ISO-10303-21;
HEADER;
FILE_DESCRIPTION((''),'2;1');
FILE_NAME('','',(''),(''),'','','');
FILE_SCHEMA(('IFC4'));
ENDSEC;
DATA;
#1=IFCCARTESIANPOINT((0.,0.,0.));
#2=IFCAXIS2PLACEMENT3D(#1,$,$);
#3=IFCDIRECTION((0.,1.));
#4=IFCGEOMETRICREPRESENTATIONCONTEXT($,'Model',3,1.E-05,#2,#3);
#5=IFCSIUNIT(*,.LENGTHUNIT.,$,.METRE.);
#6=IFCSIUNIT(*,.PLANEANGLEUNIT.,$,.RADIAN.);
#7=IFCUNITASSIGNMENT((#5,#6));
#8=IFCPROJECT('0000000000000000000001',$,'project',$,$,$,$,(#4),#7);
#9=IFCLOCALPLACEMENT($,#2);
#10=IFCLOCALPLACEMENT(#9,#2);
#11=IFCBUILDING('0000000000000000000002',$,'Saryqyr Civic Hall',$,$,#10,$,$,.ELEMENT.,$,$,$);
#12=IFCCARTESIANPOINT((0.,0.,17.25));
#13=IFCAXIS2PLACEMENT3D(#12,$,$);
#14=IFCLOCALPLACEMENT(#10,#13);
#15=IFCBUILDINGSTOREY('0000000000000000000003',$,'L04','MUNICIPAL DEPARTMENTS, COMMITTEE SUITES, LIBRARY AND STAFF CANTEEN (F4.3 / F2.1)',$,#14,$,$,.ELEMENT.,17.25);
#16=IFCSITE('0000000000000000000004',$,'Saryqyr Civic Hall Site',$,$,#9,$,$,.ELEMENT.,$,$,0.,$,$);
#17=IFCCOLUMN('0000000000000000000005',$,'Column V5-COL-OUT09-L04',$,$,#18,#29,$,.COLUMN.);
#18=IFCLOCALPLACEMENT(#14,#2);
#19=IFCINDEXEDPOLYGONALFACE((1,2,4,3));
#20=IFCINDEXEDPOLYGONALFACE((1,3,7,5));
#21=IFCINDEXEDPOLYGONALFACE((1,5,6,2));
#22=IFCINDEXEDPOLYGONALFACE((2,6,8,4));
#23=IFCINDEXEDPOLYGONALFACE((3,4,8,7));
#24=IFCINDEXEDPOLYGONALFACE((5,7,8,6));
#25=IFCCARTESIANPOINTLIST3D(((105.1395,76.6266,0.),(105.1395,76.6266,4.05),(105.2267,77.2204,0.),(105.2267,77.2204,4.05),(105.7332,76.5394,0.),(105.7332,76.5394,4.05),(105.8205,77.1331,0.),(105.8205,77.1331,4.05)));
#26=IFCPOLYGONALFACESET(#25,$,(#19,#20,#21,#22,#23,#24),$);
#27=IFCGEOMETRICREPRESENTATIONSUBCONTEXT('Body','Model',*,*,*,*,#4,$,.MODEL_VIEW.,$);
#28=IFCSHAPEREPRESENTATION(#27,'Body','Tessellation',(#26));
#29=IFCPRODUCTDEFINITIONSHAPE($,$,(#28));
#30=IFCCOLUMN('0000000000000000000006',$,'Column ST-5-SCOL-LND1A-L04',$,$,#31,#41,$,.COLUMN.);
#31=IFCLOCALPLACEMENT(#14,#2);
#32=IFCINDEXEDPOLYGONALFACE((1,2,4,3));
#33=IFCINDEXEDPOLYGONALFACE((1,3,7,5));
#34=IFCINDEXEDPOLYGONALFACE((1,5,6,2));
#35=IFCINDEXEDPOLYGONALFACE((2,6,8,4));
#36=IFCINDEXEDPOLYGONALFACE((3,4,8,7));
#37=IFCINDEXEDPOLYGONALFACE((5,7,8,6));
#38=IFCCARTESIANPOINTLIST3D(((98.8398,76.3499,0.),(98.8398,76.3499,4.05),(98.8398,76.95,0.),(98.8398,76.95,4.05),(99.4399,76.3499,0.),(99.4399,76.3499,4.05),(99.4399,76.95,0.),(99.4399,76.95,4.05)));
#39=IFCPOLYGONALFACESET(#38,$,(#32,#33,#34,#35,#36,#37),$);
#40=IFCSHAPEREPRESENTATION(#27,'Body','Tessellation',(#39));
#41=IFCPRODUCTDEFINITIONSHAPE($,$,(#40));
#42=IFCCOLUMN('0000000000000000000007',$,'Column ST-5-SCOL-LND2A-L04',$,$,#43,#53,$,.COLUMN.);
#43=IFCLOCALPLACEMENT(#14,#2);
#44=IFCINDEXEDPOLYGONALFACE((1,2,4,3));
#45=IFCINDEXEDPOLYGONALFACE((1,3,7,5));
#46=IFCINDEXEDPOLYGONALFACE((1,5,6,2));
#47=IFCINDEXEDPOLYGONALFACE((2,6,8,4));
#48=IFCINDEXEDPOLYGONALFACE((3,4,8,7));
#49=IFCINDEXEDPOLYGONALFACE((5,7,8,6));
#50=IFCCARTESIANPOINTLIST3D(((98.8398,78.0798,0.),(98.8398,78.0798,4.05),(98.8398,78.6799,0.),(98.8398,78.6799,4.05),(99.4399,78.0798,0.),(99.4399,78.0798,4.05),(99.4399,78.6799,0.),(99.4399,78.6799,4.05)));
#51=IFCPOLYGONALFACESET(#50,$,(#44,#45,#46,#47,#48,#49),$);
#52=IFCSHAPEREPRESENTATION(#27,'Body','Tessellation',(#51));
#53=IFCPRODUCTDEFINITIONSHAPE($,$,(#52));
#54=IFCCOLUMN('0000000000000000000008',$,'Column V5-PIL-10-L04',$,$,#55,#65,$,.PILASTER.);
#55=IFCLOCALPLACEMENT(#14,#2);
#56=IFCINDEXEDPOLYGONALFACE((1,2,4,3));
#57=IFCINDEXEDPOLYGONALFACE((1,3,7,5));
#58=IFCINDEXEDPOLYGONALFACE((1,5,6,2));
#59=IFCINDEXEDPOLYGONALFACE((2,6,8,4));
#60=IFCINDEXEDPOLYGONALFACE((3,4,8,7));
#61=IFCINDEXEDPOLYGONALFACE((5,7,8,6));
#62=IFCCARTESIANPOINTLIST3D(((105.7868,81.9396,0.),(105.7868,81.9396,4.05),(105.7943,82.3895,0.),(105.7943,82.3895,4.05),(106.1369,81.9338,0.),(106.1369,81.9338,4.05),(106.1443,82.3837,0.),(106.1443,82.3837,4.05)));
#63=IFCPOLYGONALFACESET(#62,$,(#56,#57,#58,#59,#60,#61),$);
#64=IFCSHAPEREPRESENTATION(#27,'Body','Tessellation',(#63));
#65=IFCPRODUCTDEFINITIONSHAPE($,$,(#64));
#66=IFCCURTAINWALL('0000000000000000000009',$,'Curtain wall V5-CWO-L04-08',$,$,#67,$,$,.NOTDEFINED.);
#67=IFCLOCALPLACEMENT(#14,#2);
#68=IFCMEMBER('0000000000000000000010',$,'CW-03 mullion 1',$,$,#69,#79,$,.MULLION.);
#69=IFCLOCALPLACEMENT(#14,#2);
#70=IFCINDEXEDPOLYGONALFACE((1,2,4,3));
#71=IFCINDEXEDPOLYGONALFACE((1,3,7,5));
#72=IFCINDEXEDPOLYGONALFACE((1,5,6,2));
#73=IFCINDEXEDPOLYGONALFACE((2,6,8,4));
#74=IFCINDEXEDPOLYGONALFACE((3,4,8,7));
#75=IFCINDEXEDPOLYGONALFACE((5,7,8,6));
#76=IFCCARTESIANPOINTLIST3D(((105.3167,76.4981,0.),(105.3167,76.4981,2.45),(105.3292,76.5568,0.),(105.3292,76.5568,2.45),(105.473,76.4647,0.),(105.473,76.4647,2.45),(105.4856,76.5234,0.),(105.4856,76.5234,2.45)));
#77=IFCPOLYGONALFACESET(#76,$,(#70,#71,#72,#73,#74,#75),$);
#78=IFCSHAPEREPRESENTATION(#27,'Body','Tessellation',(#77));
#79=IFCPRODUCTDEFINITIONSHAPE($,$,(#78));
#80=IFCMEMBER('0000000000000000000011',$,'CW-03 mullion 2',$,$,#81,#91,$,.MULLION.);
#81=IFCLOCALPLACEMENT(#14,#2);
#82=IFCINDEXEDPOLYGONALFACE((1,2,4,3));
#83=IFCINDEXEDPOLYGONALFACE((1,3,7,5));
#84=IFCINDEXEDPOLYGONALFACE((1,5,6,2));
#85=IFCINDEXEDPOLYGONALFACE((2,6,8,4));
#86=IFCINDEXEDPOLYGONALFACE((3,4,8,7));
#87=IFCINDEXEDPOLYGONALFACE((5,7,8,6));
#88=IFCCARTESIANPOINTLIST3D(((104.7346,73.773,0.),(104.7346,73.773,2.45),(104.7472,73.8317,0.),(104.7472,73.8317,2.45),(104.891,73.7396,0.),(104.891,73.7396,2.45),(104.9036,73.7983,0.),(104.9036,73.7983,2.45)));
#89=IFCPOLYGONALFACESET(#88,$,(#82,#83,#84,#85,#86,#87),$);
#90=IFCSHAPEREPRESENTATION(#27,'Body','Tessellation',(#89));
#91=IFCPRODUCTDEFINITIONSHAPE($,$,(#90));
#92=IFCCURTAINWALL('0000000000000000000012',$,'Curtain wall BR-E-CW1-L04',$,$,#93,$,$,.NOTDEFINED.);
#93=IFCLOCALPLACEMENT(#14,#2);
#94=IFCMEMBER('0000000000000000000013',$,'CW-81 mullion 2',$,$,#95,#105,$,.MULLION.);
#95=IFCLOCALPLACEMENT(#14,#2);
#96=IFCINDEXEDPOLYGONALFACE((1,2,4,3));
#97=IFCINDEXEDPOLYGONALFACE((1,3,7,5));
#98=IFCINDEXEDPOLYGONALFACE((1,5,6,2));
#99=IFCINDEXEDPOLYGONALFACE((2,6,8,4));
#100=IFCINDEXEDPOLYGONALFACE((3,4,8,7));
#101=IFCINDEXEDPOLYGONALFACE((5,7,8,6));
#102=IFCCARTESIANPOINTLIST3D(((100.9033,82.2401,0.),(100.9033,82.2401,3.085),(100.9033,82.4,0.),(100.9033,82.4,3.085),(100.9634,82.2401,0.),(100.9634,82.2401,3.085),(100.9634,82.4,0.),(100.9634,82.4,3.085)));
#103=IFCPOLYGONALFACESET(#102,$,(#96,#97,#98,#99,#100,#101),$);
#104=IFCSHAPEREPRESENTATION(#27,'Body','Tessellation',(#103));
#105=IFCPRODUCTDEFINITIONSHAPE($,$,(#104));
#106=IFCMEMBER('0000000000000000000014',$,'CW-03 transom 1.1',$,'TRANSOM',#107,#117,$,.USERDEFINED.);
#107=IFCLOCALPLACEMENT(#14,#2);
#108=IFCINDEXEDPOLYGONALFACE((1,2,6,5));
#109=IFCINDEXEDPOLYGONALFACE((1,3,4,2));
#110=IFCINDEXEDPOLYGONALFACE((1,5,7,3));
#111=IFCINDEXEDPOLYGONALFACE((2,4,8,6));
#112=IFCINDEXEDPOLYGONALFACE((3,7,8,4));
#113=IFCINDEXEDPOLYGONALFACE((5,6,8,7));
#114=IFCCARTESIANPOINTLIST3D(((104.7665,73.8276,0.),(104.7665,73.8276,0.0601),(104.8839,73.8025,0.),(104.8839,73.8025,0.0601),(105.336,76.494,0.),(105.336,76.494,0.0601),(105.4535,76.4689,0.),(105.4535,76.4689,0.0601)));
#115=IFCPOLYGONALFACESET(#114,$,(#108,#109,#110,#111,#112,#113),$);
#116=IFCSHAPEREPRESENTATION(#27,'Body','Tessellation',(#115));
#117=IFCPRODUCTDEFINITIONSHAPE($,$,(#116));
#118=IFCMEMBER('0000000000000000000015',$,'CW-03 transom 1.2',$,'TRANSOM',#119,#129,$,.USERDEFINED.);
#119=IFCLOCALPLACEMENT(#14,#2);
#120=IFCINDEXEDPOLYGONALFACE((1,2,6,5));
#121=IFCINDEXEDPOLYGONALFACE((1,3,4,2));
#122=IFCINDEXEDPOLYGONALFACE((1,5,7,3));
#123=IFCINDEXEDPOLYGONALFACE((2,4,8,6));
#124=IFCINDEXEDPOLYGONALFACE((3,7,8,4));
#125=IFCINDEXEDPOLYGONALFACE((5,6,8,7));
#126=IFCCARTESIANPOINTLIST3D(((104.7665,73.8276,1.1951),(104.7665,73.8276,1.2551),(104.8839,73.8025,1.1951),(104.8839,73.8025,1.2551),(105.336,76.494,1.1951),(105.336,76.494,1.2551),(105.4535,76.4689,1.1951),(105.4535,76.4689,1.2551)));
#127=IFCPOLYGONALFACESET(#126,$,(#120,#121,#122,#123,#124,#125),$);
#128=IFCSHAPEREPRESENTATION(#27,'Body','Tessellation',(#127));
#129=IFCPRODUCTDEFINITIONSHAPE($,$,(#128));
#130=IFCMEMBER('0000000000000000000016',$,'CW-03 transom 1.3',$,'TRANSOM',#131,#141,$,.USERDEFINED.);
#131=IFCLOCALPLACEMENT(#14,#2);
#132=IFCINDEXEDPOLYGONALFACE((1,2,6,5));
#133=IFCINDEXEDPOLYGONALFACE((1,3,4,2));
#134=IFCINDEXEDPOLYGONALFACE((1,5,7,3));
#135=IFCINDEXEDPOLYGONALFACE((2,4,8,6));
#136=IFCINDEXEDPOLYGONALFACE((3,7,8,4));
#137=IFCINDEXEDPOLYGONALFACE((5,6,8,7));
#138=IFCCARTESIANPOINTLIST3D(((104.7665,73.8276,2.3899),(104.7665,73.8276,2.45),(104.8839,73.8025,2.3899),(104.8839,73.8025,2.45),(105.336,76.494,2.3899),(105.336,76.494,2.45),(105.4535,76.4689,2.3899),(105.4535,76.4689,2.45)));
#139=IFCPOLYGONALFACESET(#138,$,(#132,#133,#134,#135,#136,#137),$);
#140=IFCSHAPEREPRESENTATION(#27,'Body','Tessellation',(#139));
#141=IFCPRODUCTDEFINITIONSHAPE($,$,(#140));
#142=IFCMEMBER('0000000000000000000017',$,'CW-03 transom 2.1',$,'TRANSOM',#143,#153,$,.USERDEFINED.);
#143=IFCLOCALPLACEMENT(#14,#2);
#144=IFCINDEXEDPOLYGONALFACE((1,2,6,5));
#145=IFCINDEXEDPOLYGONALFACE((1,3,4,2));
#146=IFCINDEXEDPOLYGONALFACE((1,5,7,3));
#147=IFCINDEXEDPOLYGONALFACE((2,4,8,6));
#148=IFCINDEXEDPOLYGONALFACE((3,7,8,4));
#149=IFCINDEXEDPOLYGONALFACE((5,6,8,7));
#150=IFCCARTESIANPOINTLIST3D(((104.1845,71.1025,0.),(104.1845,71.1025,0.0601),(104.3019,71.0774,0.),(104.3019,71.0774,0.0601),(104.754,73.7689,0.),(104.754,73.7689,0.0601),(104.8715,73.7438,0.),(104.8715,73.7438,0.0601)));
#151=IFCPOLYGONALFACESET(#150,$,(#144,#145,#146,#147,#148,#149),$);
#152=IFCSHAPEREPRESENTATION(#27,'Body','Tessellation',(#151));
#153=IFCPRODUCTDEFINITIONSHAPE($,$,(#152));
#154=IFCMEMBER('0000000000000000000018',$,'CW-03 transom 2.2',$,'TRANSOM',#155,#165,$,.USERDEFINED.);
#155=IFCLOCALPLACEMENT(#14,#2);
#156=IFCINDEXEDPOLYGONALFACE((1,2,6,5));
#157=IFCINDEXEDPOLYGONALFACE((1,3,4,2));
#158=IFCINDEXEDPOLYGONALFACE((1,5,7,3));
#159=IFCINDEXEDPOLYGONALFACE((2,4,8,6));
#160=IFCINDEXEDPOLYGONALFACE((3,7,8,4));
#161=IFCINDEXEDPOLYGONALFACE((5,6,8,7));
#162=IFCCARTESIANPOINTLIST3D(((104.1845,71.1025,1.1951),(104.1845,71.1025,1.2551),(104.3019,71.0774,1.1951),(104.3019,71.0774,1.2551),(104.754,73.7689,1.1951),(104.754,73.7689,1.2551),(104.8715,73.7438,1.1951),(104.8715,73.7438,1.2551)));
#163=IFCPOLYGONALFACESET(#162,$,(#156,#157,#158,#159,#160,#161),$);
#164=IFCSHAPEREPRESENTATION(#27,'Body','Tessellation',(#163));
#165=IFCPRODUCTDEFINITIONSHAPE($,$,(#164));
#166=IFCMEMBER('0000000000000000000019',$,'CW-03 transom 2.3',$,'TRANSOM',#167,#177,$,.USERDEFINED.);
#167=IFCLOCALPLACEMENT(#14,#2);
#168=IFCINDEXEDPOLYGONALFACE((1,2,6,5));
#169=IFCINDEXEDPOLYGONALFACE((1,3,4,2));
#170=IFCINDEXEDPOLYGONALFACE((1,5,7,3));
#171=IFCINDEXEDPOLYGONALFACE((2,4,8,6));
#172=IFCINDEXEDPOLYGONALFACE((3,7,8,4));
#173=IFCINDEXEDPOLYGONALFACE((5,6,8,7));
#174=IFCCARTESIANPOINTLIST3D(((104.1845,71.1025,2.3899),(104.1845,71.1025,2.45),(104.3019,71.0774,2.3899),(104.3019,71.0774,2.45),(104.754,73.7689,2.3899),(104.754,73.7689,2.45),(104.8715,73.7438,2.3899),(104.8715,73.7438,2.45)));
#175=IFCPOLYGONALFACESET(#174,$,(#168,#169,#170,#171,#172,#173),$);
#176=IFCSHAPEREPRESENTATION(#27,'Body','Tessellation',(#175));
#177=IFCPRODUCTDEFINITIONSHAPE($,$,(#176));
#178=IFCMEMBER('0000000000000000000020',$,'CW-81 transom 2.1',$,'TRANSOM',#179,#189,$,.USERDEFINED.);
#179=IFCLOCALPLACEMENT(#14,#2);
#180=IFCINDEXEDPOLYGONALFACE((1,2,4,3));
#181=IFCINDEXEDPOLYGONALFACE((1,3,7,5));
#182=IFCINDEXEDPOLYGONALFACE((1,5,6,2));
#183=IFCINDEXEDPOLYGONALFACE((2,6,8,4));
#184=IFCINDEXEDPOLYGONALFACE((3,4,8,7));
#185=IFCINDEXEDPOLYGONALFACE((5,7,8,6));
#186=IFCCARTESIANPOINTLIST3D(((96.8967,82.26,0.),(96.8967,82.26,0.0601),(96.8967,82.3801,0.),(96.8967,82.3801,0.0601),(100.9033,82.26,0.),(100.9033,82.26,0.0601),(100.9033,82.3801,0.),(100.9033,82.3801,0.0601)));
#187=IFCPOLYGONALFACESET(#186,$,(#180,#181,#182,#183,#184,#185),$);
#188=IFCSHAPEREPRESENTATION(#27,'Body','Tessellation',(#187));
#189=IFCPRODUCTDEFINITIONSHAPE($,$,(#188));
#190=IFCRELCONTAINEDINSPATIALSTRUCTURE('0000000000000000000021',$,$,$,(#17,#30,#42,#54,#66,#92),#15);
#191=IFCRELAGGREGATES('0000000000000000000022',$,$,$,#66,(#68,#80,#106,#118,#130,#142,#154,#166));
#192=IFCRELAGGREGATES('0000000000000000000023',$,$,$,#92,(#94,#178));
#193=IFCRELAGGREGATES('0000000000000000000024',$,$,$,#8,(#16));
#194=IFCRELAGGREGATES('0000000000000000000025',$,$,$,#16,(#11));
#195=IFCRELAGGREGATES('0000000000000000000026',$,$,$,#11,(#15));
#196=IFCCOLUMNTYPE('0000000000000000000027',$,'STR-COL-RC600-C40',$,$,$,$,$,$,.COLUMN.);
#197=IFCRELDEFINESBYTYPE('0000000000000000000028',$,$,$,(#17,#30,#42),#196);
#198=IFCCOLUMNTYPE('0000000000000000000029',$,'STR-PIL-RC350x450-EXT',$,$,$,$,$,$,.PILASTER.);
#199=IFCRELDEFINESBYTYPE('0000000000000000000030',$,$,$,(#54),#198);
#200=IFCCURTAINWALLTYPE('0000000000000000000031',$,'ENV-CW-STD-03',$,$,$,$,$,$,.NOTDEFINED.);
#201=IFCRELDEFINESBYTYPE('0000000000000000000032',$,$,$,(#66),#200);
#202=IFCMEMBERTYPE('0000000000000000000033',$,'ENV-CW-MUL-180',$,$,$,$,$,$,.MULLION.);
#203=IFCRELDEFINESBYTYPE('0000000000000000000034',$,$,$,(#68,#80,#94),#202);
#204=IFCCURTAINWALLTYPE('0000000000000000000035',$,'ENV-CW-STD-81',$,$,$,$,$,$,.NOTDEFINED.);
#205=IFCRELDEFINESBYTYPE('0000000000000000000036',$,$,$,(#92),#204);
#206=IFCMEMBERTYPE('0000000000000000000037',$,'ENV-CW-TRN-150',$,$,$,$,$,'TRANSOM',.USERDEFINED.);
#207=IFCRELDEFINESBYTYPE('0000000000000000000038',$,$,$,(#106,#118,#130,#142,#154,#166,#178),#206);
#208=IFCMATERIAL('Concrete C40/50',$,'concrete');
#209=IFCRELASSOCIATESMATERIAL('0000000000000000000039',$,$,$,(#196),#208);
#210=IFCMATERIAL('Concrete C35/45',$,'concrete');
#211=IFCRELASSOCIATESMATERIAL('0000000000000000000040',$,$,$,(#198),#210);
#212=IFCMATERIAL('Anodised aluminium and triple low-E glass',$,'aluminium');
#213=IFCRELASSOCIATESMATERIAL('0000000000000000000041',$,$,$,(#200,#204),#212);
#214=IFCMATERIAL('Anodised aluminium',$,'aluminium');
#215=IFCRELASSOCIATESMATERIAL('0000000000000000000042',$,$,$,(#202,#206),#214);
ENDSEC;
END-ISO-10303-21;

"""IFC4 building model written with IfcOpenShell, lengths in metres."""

from ifc_helpers import new_model, si_unit, direction, frame, origin, origin_2d, place, context, subcontext, project, spatial, rectangle, extrude, material, material_profile, profile_set, type_object, element, aggregate, save


model = new_model("IFC4")

# Units and contexts
model_context = context("Model", 3, precision=1e-05, world=origin(), true_north=direction((0.0, 1.0)))
body_context = subcontext(model_context, "Body", "Model", "MODEL_VIEW")
ifc_project = project(units=[si_unit("LENGTHUNIT", "METRE"), si_unit("PLANEANGLEUNIT", "RADIAN")], contexts=[model_context])

# Site, building, storey
site_placement = place(None, origin())
site = spatial("IfcSite", under=ifc_project, at=site_placement, Name="Saryqyr Civic Hall Site", CompositionType="ELEMENT", RefElevation=0.0)
building_placement = place(site_placement, origin())
building = spatial("IfcBuilding", under=site, at=building_placement, Name="Saryqyr Civic Hall", CompositionType="ELEMENT")
storey_placement = place(building_placement, frame((0.0, 0.0, 17.25)))
storey = spatial("IfcBuildingStorey", under=building, at=storey_placement, Name="L04", Description="MUNICIPAL DEPARTMENTS, COMMITTEE SUITES, LIBRARY AND STAFF CANTEEN (F4.3 / F2.1)", CompositionType="ELEMENT", Elevation=17.25)

# Columns
ifc_material_1 = material(Name="Concrete C40/50", Category="concrete")
ifc_material_profile_1 = material_profile(ifc_material_1, rectangle(XDim=0.6001, YDim=0.6001, at=origin_2d()), Name="RC 600x600")
ifc_profile_set_1 = profile_set([ifc_material_profile_1], Name="Concrete C40/50")
column_type_1 = type_object("IfcColumnType", Name="STR-COL-RC600-C40", PredefinedType="COLUMN", material=ifc_profile_set_1)
for number, where, z_axis, x_axis, name in (
    (1, (105.48, 76.8799, 0.0), (0.0, 0.0, 1.0), (0.989374, -0.145392, 0.0), "Column V5-COL-OUT09-L04"),
    (2, (99.1399, 76.6499, 0.0), (0.0, 0.0, 1.0), (1.0, 0.0, 0.0), "Column ST-5-SCOL-LND1A-L04"),
    (3, (99.1399, 78.3799, 0.0), (0.0, 0.0, 1.0), (1.0, 0.0, 0.0), "Column ST-5-SCOL-LND2A-L04"),
):
    element("IfcColumn", number, at=place(storey_placement, frame(where, z_axis=z_axis, x_axis=x_axis)), inside=storey, type_object=column_type_1, Name=name, PredefinedType="COLUMN", context=body_context, shape_type="SweptSolid", body=[
        extrude(rectangle(XDim=0.6001, YDim=0.6001, at=origin_2d()), origin(), (0.0, 0.0, 1.0), 4.05),
    ])
ifc_material_2 = material(Name="Concrete C35/45", Category="concrete")
ifc_material_profile_2 = material_profile(ifc_material_2, rectangle(XDim=0.3501, YDim=0.45, at=origin_2d()), Name="RC 350x450")
ifc_profile_set_2 = profile_set([ifc_material_profile_2], Name="Concrete C35/45")
column_type_2 = type_object("IfcColumnType", Name="STR-PIL-RC350x450-EXT", PredefinedType="PILASTER", material=ifc_profile_set_2)
column_placement = place(storey_placement, frame((105.9656, 82.1616, 0.0), z_axis=(0.0, 0.0, 1.0), x_axis=(0.999863, -0.01658, 0.0)))
element("IfcColumn", 4, at=column_placement, inside=storey, type_object=column_type_2, Name="Column V5-PIL-10-L04", PredefinedType="PILASTER", context=body_context, shape_type="SweptSolid", body=[
    extrude(rectangle(XDim=0.3501, YDim=0.45, at=origin_2d()), origin(), (0.0, 0.0, 1.0), 4.05),
])

# Curtain wall, members
ifc_material_3 = material(Name="Anodised aluminium and triple low-E glass", Category="aluminium")
curtain_wall_type_1 = type_object("IfcCurtainWallType", Name="ENV-CW-STD-03", PredefinedType="NOTDEFINED", material=ifc_material_3)
curtain_wall_1_placement = place(storey_placement, origin())
curtain_wall_1 = element("IfcCurtainWall", 5, at=curtain_wall_1_placement, inside=storey, type_object=curtain_wall_type_1, Name="Curtain wall V5-CWO-L04-08", PredefinedType="NOTDEFINED")
ifc_material_4 = material(Name="Anodised aluminium", Category="aluminium")
ifc_material_profile_3 = material_profile(ifc_material_4, rectangle(XDim=0.0601, YDim=0.1599, at=origin_2d()), Name="ALU MULLION 60x160")
ifc_profile_set_3 = profile_set([ifc_material_profile_3], Name="Anodised aluminium")
member_type_1 = type_object("IfcMemberType", Name="ENV-CW-MUL-180", PredefinedType="MULLION", material=ifc_profile_set_3)
member_1_placement = place(storey_placement, frame((105.4011, 76.5107, 0.0), z_axis=(0.0, 0.0, 1.0), x_axis=(-0.208908, -0.977935, 0.0)))
member_1 = element("IfcMember", 6, at=member_1_placement, type_object=member_type_1, Name="CW-03 mullion 1", PredefinedType="MULLION", context=body_context, shape_type="SweptSolid", body=[
    extrude(rectangle(XDim=0.0601, YDim=0.1599, at=origin_2d()), origin(), (0.0, 0.0, 1.0), 2.45),
])
member_2_placement = place(storey_placement, frame((104.8191, 73.7856, 0.0), z_axis=(0.0, 0.0, 1.0), x_axis=(-0.208908, -0.977935, 0.0)))
member_2 = element("IfcMember", 7, at=member_2_placement, type_object=member_type_1, Name="CW-03 mullion 2", PredefinedType="MULLION", context=body_context, shape_type="SweptSolid", body=[
    extrude(rectangle(XDim=0.0601, YDim=0.1599, at=origin_2d()), origin(), (0.0, 0.0, 1.0), 2.45),
])

# Curtain wall, member
curtain_wall_type_2 = type_object("IfcCurtainWallType", Name="ENV-CW-STD-81", PredefinedType="NOTDEFINED", material=ifc_material_3)
curtain_wall_2_placement = place(storey_placement, origin())
curtain_wall_2 = element("IfcCurtainWall", 8, at=curtain_wall_2_placement, inside=storey, type_object=curtain_wall_type_2, Name="Curtain wall BR-E-CW1-L04", PredefinedType="NOTDEFINED")
member_3_placement = place(storey_placement, frame((100.9333, 82.3201, 0.0), z_axis=(0.0, 0.0, 1.0), x_axis=(-1.0, 0.0, 0.0)))
member_3 = element("IfcMember", 9, at=member_3_placement, type_object=member_type_1, Name="CW-81 mullion 2", PredefinedType="MULLION", context=body_context, shape_type="SweptSolid", body=[
    extrude(rectangle(XDim=0.0601, YDim=0.1599, at=origin_2d()), origin(), (0.0, 0.0, 1.0), 3.085),
])

# Members
ifc_material_profile_4 = material_profile(ifc_material_4, rectangle(XDim=0.1201, YDim=0.0601, at=origin_2d()), Name="ALU TRANSOM 120x60")
ifc_profile_set_4 = profile_set([ifc_material_profile_4], Name="Anodised aluminium")
member_type_2 = type_object("IfcMemberType", Name="ENV-CW-TRN-150", ElementType="TRANSOM", PredefinedType="USERDEFINED", material=ifc_profile_set_4)
member_4_placement = place(storey_placement, frame((105.3948, 76.4814, 0.03), z_axis=(-0.208893, -0.977938, 0.0), x_axis=(0.977938, -0.208893, 0.0)))
member_4 = element("IfcMember", 10, at=member_4_placement, type_object=member_type_2, Name="CW-03 transom 1.1", ObjectType="TRANSOM", PredefinedType="USERDEFINED", context=body_context, shape_type="SweptSolid", body=[
    extrude(rectangle(XDim=0.1201, YDim=0.0601, at=origin_2d()), origin(), (0.0, 0.0, 1.0), 2.7266),
])
member_5_placement = place(storey_placement, frame((105.3948, 76.4814, 1.2251), z_axis=(-0.208893, -0.977938, 0.0), x_axis=(0.977938, -0.208893, 0.0)))
member_5 = element("IfcMember", 11, at=member_5_placement, type_object=member_type_2, Name="CW-03 transom 1.2", ObjectType="TRANSOM", PredefinedType="USERDEFINED", context=body_context, shape_type="SweptSolid", body=[
    extrude(rectangle(XDim=0.1201, YDim=0.0601, at=origin_2d()), origin(), (0.0, 0.0, 1.0), 2.7266),
])
member_6_placement = place(storey_placement, frame((105.3948, 76.4814, 2.4199), z_axis=(-0.208893, -0.977938, 0.0), x_axis=(0.977938, -0.208893, 0.0)))
member_6 = element("IfcMember", 12, at=member_6_placement, type_object=member_type_2, Name="CW-03 transom 1.3", ObjectType="TRANSOM", PredefinedType="USERDEFINED", context=body_context, shape_type="SweptSolid", body=[
    extrude(rectangle(XDim=0.1201, YDim=0.0601, at=origin_2d()), origin(), (0.0, 0.0, 1.0), 2.7266),
])
member_7_placement = place(storey_placement, frame((104.8127, 73.7563, 0.03), z_axis=(-0.208893, -0.977938, 0.0), x_axis=(0.977938, -0.208893, 0.0)))
member_7 = element("IfcMember", 13, at=member_7_placement, type_object=member_type_2, Name="CW-03 transom 2.1", ObjectType="TRANSOM", PredefinedType="USERDEFINED", context=body_context, shape_type="SweptSolid", body=[
    extrude(rectangle(XDim=0.1201, YDim=0.0601, at=origin_2d()), origin(), (0.0, 0.0, 1.0), 2.7266),
])
member_8_placement = place(storey_placement, frame((104.8127, 73.7563, 1.2251), z_axis=(-0.208893, -0.977938, 0.0), x_axis=(0.977938, -0.208893, 0.0)))
member_8 = element("IfcMember", 14, at=member_8_placement, type_object=member_type_2, Name="CW-03 transom 2.2", ObjectType="TRANSOM", PredefinedType="USERDEFINED", context=body_context, shape_type="SweptSolid", body=[
    extrude(rectangle(XDim=0.1201, YDim=0.0601, at=origin_2d()), origin(), (0.0, 0.0, 1.0), 2.7266),
])
member_9_placement = place(storey_placement, frame((104.8127, 73.7563, 2.4199), z_axis=(-0.208893, -0.977938, 0.0), x_axis=(0.977938, -0.208893, 0.0)))
member_9 = element("IfcMember", 15, at=member_9_placement, type_object=member_type_2, Name="CW-03 transom 2.3", ObjectType="TRANSOM", PredefinedType="USERDEFINED", context=body_context, shape_type="SweptSolid", body=[
    extrude(rectangle(XDim=0.1201, YDim=0.0601, at=origin_2d()), origin(), (0.0, 0.0, 1.0), 2.7266),
])
member_10_placement = place(storey_placement, frame((100.9033, 82.3201, 0.03), z_axis=(-1.0, 0.0, 0.0), x_axis=(0.0, -1.0, 0.0)))
member_10 = element("IfcMember", 16, at=member_10_placement, type_object=member_type_2, Name="CW-81 transom 2.1", ObjectType="TRANSOM", PredefinedType="USERDEFINED", context=body_context, shape_type="SweptSolid", body=[
    extrude(rectangle(XDim=0.1201, YDim=0.0601, at=origin_2d()), origin(), (0.0, 0.0, 1.0), 4.0066),
])

aggregate(curtain_wall_1, [member_1, member_2, member_4, member_5, member_6, member_7, member_8, member_9])
aggregate(curtain_wall_2, [member_3, member_10])

save(model, "model.ifc")
